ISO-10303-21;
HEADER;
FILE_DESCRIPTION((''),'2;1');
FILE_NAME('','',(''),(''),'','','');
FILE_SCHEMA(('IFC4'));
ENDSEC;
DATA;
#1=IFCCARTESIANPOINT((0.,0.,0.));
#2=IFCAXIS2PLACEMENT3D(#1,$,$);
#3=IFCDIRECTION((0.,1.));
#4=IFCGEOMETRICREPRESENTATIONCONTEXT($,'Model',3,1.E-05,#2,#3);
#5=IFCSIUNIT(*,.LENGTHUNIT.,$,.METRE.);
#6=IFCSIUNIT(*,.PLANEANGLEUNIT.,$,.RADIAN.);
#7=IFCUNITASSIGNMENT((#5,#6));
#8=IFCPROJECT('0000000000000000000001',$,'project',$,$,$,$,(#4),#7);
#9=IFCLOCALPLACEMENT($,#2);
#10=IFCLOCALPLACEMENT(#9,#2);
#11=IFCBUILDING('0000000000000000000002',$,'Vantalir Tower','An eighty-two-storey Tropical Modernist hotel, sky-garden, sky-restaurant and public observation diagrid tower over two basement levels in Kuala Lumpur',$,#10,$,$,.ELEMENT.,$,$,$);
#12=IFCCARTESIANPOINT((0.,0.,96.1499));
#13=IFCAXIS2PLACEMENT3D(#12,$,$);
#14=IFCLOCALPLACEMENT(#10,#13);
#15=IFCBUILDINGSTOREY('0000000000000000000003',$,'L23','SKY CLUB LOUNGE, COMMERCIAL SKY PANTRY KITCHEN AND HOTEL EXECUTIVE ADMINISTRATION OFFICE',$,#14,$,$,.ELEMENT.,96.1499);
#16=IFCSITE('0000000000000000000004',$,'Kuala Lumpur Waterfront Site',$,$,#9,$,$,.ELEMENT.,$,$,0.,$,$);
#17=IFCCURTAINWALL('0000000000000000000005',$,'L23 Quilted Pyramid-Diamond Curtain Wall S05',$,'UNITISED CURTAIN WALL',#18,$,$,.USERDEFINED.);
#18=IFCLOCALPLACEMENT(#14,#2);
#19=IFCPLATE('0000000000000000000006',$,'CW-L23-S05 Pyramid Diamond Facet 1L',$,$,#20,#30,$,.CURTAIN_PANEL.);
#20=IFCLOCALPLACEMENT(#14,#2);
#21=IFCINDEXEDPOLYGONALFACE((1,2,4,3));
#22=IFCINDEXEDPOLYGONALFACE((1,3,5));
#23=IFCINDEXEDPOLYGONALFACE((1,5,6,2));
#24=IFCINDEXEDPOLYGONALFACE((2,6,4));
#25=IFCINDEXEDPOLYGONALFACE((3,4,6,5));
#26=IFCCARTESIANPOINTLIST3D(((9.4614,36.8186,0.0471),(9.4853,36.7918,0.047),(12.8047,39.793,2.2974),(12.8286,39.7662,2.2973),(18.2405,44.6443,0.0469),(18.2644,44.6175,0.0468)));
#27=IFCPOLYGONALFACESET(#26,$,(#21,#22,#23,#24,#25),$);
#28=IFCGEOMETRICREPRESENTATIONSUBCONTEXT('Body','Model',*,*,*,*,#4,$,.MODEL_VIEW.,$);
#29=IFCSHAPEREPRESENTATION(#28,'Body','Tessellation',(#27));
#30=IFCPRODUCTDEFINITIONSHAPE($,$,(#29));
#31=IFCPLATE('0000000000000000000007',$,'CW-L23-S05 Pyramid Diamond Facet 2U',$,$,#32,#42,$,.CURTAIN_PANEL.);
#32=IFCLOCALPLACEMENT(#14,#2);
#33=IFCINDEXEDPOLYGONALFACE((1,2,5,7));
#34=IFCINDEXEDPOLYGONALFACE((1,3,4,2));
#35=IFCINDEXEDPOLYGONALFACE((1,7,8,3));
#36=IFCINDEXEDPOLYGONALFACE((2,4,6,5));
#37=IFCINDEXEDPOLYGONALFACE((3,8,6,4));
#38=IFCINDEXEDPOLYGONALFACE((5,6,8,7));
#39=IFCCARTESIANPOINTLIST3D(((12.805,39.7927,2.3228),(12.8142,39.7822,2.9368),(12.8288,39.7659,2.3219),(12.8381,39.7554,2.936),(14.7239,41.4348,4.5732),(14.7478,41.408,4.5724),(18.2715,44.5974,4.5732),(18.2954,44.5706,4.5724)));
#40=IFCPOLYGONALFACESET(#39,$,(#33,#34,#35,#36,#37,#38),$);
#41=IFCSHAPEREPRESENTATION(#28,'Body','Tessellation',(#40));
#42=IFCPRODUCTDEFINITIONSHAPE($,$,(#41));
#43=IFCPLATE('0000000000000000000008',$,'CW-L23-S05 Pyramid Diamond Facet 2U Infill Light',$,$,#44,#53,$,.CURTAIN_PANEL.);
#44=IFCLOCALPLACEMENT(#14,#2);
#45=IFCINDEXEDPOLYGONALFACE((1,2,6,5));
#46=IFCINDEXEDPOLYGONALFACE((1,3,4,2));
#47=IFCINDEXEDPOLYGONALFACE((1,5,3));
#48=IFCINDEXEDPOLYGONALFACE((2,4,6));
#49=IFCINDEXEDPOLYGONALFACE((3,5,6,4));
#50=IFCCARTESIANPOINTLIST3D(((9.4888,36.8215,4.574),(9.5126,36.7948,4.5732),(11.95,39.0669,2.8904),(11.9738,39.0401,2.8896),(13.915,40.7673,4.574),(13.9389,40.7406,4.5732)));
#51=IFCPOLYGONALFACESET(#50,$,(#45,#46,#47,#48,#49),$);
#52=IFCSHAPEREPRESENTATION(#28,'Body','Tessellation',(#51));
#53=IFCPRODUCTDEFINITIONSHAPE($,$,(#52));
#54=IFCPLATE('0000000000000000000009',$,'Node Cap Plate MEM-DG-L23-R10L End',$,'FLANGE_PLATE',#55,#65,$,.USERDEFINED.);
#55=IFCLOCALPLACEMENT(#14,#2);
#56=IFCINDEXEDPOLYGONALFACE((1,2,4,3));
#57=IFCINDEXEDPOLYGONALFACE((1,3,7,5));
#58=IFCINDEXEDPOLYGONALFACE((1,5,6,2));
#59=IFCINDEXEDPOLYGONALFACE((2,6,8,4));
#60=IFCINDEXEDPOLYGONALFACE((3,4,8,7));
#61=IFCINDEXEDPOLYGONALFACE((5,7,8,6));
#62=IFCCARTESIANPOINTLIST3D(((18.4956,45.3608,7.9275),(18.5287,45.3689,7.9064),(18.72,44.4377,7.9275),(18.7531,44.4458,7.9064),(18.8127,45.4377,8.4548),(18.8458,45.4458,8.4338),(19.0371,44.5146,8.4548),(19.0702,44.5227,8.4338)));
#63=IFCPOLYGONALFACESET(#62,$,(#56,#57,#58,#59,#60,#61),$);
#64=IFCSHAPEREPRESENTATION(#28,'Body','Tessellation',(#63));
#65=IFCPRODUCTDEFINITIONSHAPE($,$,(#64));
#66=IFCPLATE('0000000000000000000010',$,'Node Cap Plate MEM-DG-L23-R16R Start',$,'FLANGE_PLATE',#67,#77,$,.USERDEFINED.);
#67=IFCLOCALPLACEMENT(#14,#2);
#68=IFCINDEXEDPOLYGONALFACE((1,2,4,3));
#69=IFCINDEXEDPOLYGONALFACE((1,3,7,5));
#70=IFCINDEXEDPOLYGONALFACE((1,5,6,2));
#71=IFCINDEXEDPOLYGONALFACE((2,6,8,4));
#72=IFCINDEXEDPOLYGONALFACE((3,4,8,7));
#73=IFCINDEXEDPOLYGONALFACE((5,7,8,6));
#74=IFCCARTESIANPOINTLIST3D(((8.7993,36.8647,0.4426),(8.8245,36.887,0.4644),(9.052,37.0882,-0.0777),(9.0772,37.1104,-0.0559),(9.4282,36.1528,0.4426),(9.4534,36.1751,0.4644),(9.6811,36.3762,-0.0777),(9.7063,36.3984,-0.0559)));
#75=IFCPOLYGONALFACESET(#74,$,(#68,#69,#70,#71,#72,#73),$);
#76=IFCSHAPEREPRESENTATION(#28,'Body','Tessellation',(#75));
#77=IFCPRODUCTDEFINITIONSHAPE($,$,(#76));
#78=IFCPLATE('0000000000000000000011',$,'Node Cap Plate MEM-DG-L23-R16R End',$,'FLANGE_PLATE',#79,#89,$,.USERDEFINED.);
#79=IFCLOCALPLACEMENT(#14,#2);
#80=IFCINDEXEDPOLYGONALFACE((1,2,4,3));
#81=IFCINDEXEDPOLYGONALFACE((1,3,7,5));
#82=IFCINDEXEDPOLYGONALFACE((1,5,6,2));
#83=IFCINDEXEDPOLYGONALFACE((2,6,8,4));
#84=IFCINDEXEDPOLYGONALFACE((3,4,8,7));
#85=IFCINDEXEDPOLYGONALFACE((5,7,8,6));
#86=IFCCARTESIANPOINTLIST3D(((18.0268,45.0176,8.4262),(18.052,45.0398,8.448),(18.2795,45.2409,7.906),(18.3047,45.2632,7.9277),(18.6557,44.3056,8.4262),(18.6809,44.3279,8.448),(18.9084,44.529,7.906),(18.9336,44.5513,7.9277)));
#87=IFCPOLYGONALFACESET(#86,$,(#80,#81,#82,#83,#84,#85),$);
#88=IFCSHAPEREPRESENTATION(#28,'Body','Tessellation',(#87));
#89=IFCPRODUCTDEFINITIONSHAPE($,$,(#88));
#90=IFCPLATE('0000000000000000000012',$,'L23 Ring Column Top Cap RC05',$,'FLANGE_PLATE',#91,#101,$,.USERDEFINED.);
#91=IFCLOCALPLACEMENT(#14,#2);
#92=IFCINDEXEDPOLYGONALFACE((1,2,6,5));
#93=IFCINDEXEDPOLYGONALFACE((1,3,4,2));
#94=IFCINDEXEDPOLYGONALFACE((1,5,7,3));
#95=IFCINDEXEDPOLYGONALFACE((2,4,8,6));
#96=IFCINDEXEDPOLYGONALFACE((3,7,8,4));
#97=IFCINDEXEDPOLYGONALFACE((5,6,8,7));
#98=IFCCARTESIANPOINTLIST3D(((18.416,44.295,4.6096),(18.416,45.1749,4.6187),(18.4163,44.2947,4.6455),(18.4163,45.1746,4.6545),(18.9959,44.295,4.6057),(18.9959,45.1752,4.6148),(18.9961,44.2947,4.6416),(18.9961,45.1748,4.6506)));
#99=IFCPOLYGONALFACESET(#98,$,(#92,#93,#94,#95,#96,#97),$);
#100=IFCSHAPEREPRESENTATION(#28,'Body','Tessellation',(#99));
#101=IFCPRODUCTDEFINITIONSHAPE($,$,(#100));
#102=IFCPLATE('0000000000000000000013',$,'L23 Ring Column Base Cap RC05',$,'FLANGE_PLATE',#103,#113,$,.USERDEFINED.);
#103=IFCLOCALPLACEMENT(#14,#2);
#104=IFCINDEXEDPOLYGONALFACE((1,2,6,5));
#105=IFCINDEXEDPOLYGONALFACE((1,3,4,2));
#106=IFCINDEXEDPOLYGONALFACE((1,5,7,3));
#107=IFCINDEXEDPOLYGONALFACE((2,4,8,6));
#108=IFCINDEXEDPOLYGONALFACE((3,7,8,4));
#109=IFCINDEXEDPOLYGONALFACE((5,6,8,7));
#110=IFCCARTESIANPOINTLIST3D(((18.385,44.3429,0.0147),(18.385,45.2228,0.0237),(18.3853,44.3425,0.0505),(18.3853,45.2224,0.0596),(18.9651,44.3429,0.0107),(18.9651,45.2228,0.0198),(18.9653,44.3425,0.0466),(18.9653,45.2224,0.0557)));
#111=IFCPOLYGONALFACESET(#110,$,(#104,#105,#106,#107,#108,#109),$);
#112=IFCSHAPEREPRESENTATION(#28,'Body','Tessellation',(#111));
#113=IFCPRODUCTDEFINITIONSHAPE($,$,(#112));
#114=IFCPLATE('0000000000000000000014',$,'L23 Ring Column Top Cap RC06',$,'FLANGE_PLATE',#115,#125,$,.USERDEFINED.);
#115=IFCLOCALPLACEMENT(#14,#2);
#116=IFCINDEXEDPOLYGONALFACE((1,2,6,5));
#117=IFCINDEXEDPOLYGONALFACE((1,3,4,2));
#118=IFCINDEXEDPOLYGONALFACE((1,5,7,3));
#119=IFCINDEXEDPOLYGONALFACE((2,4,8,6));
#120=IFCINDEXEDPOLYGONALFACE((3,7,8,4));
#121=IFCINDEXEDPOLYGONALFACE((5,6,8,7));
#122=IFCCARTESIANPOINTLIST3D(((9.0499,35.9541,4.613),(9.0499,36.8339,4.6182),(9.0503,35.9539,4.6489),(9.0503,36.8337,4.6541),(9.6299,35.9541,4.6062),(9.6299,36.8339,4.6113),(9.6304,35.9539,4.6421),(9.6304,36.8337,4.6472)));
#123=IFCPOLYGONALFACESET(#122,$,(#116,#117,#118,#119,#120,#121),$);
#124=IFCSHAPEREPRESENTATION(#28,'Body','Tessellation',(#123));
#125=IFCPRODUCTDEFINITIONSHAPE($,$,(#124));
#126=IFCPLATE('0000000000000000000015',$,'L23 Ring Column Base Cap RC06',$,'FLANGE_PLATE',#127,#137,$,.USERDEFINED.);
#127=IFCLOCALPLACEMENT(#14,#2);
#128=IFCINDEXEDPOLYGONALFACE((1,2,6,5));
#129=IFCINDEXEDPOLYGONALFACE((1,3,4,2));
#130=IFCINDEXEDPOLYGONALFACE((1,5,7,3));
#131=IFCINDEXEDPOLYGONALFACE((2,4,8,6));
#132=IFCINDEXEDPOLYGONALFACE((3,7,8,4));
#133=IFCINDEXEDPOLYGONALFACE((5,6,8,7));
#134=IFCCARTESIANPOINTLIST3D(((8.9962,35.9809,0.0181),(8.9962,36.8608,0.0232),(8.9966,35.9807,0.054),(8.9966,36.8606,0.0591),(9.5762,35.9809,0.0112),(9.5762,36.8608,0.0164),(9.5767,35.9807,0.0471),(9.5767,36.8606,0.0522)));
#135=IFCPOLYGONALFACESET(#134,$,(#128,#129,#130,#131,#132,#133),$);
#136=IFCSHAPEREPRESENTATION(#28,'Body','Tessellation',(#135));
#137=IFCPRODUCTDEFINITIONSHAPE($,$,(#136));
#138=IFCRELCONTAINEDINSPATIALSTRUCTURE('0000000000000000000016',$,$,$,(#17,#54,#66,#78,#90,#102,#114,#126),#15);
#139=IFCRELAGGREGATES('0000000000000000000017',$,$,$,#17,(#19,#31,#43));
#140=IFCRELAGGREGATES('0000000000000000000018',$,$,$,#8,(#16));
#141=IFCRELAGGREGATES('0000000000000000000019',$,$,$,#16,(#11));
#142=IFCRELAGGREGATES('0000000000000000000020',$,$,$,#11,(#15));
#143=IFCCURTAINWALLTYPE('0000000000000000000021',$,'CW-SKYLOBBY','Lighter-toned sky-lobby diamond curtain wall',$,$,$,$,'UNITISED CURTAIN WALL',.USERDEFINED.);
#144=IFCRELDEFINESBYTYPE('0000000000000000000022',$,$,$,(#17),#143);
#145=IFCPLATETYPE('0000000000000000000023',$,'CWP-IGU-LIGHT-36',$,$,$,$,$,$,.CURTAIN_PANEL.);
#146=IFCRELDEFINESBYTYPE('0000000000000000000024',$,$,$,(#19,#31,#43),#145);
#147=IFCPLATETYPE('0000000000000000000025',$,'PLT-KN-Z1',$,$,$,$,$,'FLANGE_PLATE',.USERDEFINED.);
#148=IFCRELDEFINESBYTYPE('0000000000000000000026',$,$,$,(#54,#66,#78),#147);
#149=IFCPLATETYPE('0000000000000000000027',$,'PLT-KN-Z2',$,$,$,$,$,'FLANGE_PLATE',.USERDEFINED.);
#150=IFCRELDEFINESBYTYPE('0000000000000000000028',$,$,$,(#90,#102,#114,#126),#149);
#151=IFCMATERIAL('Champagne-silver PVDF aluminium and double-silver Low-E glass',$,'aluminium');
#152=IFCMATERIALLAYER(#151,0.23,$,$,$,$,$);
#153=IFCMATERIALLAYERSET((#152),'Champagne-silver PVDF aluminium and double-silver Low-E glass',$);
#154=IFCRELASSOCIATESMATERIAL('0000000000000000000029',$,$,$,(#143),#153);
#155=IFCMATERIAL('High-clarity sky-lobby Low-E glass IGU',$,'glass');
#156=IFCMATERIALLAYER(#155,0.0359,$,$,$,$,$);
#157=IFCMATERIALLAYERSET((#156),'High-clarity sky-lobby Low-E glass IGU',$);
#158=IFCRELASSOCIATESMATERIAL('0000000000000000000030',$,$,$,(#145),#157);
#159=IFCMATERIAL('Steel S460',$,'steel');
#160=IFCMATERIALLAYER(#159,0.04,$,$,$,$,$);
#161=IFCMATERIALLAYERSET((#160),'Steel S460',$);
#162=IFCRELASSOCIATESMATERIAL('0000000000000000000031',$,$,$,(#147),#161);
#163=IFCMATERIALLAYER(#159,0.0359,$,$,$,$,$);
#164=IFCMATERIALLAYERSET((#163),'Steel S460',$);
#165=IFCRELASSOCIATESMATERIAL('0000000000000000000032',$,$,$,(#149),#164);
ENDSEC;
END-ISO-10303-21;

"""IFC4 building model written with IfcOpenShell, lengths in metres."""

from ifc_helpers import new_model, si_unit, direction, frame, origin, place, context, subcontext, project, spatial, polyline, outline, extrude, material, layer, layer_set, type_object, element, aggregate, save


model = new_model("IFC4")

# Units and contexts
model_context = context("Model", 3, precision=1e-05, world=origin(), true_north=direction((0.0, 1.0)))
body_context = subcontext(model_context, "Body", "Model", "MODEL_VIEW")
ifc_project = project(units=[si_unit("LENGTHUNIT", "METRE"), si_unit("PLANEANGLEUNIT", "RADIAN")], contexts=[model_context])

# Site, building, storey
site_placement = place(None, origin())
site = spatial("IfcSite", under=ifc_project, at=site_placement, Name="Kuala Lumpur Waterfront Site", CompositionType="ELEMENT", RefElevation=0.0)
building_placement = place(site_placement, origin())
building = spatial("IfcBuilding", under=site, at=building_placement, Name="Vantalir Tower", Description="An eighty-two-storey Tropical Modernist hotel, sky-garden, sky-restaurant and public observation diagrid tower over two basement levels in Kuala Lumpur", CompositionType="ELEMENT")
storey_placement = place(building_placement, frame((0.0, 0.0, 96.1499)))
storey = spatial("IfcBuildingStorey", under=building, at=storey_placement, Name="L23", Description="SKY CLUB LOUNGE, COMMERCIAL SKY PANTRY KITCHEN AND HOTEL EXECUTIVE ADMINISTRATION OFFICE", CompositionType="ELEMENT", Elevation=96.1499)

# Shared definitions
ifc_material_1 = material(Name="Steel S460", Category="steel")

# Shared definitions
ifc_material_2 = material(Name="Champagne-silver PVDF aluminium and double-silver Low-E glass", Category="aluminium")
ifc_layer_1 = layer(ifc_material_2, 0.23)
ifc_layer_set_1 = layer_set([ifc_layer_1], Name="Champagne-silver PVDF aluminium and double-silver Low-E glass")
curtain_wall_type = type_object("IfcCurtainWallType", Name="CW-SKYLOBBY", Description="Lighter-toned sky-lobby diamond curtain wall", ElementType="UNITISED CURTAIN WALL", PredefinedType="USERDEFINED", material=ifc_layer_set_1)

# Curtain wall
curtain_wall_1_placement = place(storey_placement, origin())
curtain_wall_1 = element("IfcCurtainWall", 1, at=curtain_wall_1_placement, inside=storey, type_object=curtain_wall_type, Name="L23 Quilted Pyramid-Diamond Curtain Wall S05", ObjectType="UNITISED CURTAIN WALL", PredefinedType="USERDEFINED")

# Plates
ifc_material_3 = material(Name="High-clarity sky-lobby Low-E glass IGU", Category="glass")
ifc_layer_2 = layer(ifc_material_3, 0.0359)
ifc_layer_set_2 = layer_set([ifc_layer_2], Name="High-clarity sky-lobby Low-E glass IGU")
plate_type_1 = type_object("IfcPlateType", Name="CWP-IGU-LIGHT-36", PredefinedType="CURTAIN_PANEL", material=ifc_layer_set_2)
plate_1_placement = place(storey_placement, frame((18.2405, 44.6443, 0.0469), z_axis=(-0.665411, 0.746475, 0.001935), x_axis=(-0.746476, -0.665412, 0.000021)))
plate_1 = element("IfcPlate", 2, at=plate_1_placement, type_object=plate_type_1, Name="CW-L23-S05 Pyramid Diamond Facet 1L", PredefinedType="CURTAIN_PANEL", context=body_context, shape_type="SweptSolid", body=[
    extrude(outline(polyline([(0.0, 0.0), (11.7607, 0.0), (7.2859, 2.2503), (0.0, 0.0)])), origin(), (0.0, 0.0, -1.0), 0.0359),
])
plate_2_placement = place(storey_placement, frame((18.2715, 44.5974, 4.5732), z_axis=(-0.665274, 0.746253, 0.022755), x_axis=(-0.746446, -0.665446, 0.0)))
plate_2 = element("IfcPlate", 3, at=plate_2_placement, type_object=plate_type_1, Name="CW-L23-S05 Pyramid Diamond Facet 2U", PredefinedType="CURTAIN_PANEL", context=body_context, shape_type="SweptSolid", body=[
    extrude(outline(polyline([(0.0, 0.0), (4.7526, 0.0), (7.2778, -1.6369), (7.2777, -2.2511), (0.0, 0.0)])), origin(), (0.0, 0.0, -1.0), 0.0359),
])
plate_3_placement = place(storey_placement, frame((13.915, 40.7673, 4.574), z_axis=(-0.665259, 0.746266, 0.022757), x_axis=(-0.746459, -0.665431, 0.0)))
plate_3 = element("IfcPlate", 4, at=plate_3_placement, type_object=plate_type_1, Name="CW-L23-S05 Pyramid Diamond Facet 2U Infill Light", PredefinedType="CURTAIN_PANEL", context=body_context, shape_type="SweptSolid", body=[
    extrude(outline(polyline([(0.0, 0.0), (5.9297, 0.0), (2.5984, -1.684), (0.0, 0.0)])), origin(), (0.0, 0.0, -1.0), 0.0359),
])
aggregate(curtain_wall_1, [plate_1, plate_2, plate_3])

# Plates
ifc_layer_3 = layer(ifc_material_1, 0.04)
ifc_layer_set_3 = layer_set([ifc_layer_3], Name="Steel S460")
plate_type_2 = type_object("IfcPlateType", Name="PLT-KN-Z1", ElementType="FLANGE_PLATE", PredefinedType="USERDEFINED", material=ifc_layer_set_3)
plate_4_placement = place(storey_placement, frame((18.4956, 45.3608, 7.9275), z_axis=(-0.826295, -0.200837, 0.526214), x_axis=(0.236181, -0.971709, 0.0)))
element("IfcPlate", 5, at=plate_4_placement, inside=storey, type_object=plate_type_2, Name="Node Cap Plate MEM-DG-L23-R10L End", ObjectType="FLANGE_PLATE", PredefinedType="USERDEFINED", context=body_context, shape_type="SweptSolid", body=[
    extrude(outline(polyline([(0.0, 0.0), (0.95, 0.0), (0.9501, 0.6201), (0.0002, 0.6201), (0.0, 0.0)])), origin(), (0.0, 0.0, -1.0), 0.04),
])
plate_5_placement = place(storey_placement, frame((9.7063, 36.3984, -0.0559), z_axis=(0.628762, 0.555557, 0.544072), x_axis=(-0.662157, 0.749365, 0.000044)))
element("IfcPlate", 6, at=plate_5_placement, inside=storey, type_object=plate_type_2, Name="Node Cap Plate MEM-DG-L23-R16R Start", ObjectType="FLANGE_PLATE", PredefinedType="USERDEFINED", context=body_context, shape_type="SweptSolid", body=[
    extrude(outline(polyline([(0.0, 0.0), (0.9501, 0.0), (0.95, 0.62), (0.0001, 0.6201), (0.0, 0.0)])), origin(), (0.0, 0.0, -1.0), 0.04),
])
plate_6_placement = place(storey_placement, frame((18.9336, 44.5513, 7.9277), z_axis=(0.628866, 0.555541, 0.543968), x_axis=(-0.662064, 0.749448, 0.0)))
element("IfcPlate", 7, at=plate_6_placement, inside=storey, type_object=plate_type_2, Name="Node Cap Plate MEM-DG-L23-R16R End", ObjectType="FLANGE_PLATE", PredefinedType="USERDEFINED", context=body_context, shape_type="SweptSolid", body=[
    extrude(outline(polyline([(0.0, 0.0), (0.9499, 0.0), (0.9498, 0.62), (-0.0001, 0.62), (0.0, 0.0)])), origin(), (0.0, 0.0, -1.0), 0.04),
])
ifc_layer_4 = layer(ifc_material_1, 0.0359)
ifc_layer_set_4 = layer_set([ifc_layer_4], Name="Steel S460")
plate_type_3 = type_object("IfcPlateType", Name="PLT-KN-Z2", ElementType="FLANGE_PLATE", PredefinedType="USERDEFINED", material=ifc_layer_set_4)
plate_7_placement = place(storey_placement, frame((18.4163, 45.1746, 4.6545), z_axis=(0.006738, -0.010264, 0.999925), x_axis=(0.0, -0.999947, -0.010264)))
element("IfcPlate", 8, at=plate_7_placement, inside=storey, type_object=plate_type_3, Name="L23 Ring Column Top Cap RC05", ObjectType="FLANGE_PLATE", PredefinedType="USERDEFINED", context=body_context, shape_type="SweptSolid", body=[
    extrude(outline(polyline([(0.0, 0.0), (0.8799, 0.0), (0.88, 0.5798), (-0.0002, 0.5798), (0.0, 0.0)])), origin(), (0.0, 0.0, -1.0), 0.0359),
])
plate_8_placement = place(storey_placement, frame((18.3853, 45.2224, 0.0596), z_axis=(0.006733, -0.010266, 0.999925), x_axis=(0.0, -0.999947, -0.010266)))
element("IfcPlate", 9, at=plate_8_placement, inside=storey, type_object=plate_type_3, Name="L23 Ring Column Base Cap RC05", ObjectType="FLANGE_PLATE", PredefinedType="USERDEFINED", context=body_context, shape_type="SweptSolid", body=[
    extrude(outline(polyline([(0.0, 0.0), (0.8799, 0.0), (0.88, 0.5801), (0.0, 0.5801), (0.0, 0.0)])), origin(), (0.0, 0.0, -1.0), 0.0359),
])
for number, where, z_axis, x_axis, name in (
    (10, (9.0503, 36.8337, 4.6541), (0.011783, -0.005826, 0.999914), (0.0, -0.999983, -0.005827), "L23 Ring Column Top Cap RC06"),
    (11, (8.9966, 36.8606, 0.0591), (0.011783, -0.005826, 0.999914), (0.0, -0.999983, -0.005827), "L23 Ring Column Base Cap RC06"),
):
    element("IfcPlate", number, at=place(storey_placement, frame(where, z_axis=z_axis, x_axis=x_axis)), inside=storey, type_object=plate_type_3, Name=name, ObjectType="FLANGE_PLATE", PredefinedType="USERDEFINED", context=body_context, shape_type="SweptSolid", body=[
        extrude(outline(polyline([(0.0, 0.0), (0.8799, 0.0), (0.8799, 0.5801), (0.0, 0.5801), (0.0, 0.0)])), origin(), (0.0, 0.0, -1.0), 0.0359),
    ])

save(model, "model.ifc")
